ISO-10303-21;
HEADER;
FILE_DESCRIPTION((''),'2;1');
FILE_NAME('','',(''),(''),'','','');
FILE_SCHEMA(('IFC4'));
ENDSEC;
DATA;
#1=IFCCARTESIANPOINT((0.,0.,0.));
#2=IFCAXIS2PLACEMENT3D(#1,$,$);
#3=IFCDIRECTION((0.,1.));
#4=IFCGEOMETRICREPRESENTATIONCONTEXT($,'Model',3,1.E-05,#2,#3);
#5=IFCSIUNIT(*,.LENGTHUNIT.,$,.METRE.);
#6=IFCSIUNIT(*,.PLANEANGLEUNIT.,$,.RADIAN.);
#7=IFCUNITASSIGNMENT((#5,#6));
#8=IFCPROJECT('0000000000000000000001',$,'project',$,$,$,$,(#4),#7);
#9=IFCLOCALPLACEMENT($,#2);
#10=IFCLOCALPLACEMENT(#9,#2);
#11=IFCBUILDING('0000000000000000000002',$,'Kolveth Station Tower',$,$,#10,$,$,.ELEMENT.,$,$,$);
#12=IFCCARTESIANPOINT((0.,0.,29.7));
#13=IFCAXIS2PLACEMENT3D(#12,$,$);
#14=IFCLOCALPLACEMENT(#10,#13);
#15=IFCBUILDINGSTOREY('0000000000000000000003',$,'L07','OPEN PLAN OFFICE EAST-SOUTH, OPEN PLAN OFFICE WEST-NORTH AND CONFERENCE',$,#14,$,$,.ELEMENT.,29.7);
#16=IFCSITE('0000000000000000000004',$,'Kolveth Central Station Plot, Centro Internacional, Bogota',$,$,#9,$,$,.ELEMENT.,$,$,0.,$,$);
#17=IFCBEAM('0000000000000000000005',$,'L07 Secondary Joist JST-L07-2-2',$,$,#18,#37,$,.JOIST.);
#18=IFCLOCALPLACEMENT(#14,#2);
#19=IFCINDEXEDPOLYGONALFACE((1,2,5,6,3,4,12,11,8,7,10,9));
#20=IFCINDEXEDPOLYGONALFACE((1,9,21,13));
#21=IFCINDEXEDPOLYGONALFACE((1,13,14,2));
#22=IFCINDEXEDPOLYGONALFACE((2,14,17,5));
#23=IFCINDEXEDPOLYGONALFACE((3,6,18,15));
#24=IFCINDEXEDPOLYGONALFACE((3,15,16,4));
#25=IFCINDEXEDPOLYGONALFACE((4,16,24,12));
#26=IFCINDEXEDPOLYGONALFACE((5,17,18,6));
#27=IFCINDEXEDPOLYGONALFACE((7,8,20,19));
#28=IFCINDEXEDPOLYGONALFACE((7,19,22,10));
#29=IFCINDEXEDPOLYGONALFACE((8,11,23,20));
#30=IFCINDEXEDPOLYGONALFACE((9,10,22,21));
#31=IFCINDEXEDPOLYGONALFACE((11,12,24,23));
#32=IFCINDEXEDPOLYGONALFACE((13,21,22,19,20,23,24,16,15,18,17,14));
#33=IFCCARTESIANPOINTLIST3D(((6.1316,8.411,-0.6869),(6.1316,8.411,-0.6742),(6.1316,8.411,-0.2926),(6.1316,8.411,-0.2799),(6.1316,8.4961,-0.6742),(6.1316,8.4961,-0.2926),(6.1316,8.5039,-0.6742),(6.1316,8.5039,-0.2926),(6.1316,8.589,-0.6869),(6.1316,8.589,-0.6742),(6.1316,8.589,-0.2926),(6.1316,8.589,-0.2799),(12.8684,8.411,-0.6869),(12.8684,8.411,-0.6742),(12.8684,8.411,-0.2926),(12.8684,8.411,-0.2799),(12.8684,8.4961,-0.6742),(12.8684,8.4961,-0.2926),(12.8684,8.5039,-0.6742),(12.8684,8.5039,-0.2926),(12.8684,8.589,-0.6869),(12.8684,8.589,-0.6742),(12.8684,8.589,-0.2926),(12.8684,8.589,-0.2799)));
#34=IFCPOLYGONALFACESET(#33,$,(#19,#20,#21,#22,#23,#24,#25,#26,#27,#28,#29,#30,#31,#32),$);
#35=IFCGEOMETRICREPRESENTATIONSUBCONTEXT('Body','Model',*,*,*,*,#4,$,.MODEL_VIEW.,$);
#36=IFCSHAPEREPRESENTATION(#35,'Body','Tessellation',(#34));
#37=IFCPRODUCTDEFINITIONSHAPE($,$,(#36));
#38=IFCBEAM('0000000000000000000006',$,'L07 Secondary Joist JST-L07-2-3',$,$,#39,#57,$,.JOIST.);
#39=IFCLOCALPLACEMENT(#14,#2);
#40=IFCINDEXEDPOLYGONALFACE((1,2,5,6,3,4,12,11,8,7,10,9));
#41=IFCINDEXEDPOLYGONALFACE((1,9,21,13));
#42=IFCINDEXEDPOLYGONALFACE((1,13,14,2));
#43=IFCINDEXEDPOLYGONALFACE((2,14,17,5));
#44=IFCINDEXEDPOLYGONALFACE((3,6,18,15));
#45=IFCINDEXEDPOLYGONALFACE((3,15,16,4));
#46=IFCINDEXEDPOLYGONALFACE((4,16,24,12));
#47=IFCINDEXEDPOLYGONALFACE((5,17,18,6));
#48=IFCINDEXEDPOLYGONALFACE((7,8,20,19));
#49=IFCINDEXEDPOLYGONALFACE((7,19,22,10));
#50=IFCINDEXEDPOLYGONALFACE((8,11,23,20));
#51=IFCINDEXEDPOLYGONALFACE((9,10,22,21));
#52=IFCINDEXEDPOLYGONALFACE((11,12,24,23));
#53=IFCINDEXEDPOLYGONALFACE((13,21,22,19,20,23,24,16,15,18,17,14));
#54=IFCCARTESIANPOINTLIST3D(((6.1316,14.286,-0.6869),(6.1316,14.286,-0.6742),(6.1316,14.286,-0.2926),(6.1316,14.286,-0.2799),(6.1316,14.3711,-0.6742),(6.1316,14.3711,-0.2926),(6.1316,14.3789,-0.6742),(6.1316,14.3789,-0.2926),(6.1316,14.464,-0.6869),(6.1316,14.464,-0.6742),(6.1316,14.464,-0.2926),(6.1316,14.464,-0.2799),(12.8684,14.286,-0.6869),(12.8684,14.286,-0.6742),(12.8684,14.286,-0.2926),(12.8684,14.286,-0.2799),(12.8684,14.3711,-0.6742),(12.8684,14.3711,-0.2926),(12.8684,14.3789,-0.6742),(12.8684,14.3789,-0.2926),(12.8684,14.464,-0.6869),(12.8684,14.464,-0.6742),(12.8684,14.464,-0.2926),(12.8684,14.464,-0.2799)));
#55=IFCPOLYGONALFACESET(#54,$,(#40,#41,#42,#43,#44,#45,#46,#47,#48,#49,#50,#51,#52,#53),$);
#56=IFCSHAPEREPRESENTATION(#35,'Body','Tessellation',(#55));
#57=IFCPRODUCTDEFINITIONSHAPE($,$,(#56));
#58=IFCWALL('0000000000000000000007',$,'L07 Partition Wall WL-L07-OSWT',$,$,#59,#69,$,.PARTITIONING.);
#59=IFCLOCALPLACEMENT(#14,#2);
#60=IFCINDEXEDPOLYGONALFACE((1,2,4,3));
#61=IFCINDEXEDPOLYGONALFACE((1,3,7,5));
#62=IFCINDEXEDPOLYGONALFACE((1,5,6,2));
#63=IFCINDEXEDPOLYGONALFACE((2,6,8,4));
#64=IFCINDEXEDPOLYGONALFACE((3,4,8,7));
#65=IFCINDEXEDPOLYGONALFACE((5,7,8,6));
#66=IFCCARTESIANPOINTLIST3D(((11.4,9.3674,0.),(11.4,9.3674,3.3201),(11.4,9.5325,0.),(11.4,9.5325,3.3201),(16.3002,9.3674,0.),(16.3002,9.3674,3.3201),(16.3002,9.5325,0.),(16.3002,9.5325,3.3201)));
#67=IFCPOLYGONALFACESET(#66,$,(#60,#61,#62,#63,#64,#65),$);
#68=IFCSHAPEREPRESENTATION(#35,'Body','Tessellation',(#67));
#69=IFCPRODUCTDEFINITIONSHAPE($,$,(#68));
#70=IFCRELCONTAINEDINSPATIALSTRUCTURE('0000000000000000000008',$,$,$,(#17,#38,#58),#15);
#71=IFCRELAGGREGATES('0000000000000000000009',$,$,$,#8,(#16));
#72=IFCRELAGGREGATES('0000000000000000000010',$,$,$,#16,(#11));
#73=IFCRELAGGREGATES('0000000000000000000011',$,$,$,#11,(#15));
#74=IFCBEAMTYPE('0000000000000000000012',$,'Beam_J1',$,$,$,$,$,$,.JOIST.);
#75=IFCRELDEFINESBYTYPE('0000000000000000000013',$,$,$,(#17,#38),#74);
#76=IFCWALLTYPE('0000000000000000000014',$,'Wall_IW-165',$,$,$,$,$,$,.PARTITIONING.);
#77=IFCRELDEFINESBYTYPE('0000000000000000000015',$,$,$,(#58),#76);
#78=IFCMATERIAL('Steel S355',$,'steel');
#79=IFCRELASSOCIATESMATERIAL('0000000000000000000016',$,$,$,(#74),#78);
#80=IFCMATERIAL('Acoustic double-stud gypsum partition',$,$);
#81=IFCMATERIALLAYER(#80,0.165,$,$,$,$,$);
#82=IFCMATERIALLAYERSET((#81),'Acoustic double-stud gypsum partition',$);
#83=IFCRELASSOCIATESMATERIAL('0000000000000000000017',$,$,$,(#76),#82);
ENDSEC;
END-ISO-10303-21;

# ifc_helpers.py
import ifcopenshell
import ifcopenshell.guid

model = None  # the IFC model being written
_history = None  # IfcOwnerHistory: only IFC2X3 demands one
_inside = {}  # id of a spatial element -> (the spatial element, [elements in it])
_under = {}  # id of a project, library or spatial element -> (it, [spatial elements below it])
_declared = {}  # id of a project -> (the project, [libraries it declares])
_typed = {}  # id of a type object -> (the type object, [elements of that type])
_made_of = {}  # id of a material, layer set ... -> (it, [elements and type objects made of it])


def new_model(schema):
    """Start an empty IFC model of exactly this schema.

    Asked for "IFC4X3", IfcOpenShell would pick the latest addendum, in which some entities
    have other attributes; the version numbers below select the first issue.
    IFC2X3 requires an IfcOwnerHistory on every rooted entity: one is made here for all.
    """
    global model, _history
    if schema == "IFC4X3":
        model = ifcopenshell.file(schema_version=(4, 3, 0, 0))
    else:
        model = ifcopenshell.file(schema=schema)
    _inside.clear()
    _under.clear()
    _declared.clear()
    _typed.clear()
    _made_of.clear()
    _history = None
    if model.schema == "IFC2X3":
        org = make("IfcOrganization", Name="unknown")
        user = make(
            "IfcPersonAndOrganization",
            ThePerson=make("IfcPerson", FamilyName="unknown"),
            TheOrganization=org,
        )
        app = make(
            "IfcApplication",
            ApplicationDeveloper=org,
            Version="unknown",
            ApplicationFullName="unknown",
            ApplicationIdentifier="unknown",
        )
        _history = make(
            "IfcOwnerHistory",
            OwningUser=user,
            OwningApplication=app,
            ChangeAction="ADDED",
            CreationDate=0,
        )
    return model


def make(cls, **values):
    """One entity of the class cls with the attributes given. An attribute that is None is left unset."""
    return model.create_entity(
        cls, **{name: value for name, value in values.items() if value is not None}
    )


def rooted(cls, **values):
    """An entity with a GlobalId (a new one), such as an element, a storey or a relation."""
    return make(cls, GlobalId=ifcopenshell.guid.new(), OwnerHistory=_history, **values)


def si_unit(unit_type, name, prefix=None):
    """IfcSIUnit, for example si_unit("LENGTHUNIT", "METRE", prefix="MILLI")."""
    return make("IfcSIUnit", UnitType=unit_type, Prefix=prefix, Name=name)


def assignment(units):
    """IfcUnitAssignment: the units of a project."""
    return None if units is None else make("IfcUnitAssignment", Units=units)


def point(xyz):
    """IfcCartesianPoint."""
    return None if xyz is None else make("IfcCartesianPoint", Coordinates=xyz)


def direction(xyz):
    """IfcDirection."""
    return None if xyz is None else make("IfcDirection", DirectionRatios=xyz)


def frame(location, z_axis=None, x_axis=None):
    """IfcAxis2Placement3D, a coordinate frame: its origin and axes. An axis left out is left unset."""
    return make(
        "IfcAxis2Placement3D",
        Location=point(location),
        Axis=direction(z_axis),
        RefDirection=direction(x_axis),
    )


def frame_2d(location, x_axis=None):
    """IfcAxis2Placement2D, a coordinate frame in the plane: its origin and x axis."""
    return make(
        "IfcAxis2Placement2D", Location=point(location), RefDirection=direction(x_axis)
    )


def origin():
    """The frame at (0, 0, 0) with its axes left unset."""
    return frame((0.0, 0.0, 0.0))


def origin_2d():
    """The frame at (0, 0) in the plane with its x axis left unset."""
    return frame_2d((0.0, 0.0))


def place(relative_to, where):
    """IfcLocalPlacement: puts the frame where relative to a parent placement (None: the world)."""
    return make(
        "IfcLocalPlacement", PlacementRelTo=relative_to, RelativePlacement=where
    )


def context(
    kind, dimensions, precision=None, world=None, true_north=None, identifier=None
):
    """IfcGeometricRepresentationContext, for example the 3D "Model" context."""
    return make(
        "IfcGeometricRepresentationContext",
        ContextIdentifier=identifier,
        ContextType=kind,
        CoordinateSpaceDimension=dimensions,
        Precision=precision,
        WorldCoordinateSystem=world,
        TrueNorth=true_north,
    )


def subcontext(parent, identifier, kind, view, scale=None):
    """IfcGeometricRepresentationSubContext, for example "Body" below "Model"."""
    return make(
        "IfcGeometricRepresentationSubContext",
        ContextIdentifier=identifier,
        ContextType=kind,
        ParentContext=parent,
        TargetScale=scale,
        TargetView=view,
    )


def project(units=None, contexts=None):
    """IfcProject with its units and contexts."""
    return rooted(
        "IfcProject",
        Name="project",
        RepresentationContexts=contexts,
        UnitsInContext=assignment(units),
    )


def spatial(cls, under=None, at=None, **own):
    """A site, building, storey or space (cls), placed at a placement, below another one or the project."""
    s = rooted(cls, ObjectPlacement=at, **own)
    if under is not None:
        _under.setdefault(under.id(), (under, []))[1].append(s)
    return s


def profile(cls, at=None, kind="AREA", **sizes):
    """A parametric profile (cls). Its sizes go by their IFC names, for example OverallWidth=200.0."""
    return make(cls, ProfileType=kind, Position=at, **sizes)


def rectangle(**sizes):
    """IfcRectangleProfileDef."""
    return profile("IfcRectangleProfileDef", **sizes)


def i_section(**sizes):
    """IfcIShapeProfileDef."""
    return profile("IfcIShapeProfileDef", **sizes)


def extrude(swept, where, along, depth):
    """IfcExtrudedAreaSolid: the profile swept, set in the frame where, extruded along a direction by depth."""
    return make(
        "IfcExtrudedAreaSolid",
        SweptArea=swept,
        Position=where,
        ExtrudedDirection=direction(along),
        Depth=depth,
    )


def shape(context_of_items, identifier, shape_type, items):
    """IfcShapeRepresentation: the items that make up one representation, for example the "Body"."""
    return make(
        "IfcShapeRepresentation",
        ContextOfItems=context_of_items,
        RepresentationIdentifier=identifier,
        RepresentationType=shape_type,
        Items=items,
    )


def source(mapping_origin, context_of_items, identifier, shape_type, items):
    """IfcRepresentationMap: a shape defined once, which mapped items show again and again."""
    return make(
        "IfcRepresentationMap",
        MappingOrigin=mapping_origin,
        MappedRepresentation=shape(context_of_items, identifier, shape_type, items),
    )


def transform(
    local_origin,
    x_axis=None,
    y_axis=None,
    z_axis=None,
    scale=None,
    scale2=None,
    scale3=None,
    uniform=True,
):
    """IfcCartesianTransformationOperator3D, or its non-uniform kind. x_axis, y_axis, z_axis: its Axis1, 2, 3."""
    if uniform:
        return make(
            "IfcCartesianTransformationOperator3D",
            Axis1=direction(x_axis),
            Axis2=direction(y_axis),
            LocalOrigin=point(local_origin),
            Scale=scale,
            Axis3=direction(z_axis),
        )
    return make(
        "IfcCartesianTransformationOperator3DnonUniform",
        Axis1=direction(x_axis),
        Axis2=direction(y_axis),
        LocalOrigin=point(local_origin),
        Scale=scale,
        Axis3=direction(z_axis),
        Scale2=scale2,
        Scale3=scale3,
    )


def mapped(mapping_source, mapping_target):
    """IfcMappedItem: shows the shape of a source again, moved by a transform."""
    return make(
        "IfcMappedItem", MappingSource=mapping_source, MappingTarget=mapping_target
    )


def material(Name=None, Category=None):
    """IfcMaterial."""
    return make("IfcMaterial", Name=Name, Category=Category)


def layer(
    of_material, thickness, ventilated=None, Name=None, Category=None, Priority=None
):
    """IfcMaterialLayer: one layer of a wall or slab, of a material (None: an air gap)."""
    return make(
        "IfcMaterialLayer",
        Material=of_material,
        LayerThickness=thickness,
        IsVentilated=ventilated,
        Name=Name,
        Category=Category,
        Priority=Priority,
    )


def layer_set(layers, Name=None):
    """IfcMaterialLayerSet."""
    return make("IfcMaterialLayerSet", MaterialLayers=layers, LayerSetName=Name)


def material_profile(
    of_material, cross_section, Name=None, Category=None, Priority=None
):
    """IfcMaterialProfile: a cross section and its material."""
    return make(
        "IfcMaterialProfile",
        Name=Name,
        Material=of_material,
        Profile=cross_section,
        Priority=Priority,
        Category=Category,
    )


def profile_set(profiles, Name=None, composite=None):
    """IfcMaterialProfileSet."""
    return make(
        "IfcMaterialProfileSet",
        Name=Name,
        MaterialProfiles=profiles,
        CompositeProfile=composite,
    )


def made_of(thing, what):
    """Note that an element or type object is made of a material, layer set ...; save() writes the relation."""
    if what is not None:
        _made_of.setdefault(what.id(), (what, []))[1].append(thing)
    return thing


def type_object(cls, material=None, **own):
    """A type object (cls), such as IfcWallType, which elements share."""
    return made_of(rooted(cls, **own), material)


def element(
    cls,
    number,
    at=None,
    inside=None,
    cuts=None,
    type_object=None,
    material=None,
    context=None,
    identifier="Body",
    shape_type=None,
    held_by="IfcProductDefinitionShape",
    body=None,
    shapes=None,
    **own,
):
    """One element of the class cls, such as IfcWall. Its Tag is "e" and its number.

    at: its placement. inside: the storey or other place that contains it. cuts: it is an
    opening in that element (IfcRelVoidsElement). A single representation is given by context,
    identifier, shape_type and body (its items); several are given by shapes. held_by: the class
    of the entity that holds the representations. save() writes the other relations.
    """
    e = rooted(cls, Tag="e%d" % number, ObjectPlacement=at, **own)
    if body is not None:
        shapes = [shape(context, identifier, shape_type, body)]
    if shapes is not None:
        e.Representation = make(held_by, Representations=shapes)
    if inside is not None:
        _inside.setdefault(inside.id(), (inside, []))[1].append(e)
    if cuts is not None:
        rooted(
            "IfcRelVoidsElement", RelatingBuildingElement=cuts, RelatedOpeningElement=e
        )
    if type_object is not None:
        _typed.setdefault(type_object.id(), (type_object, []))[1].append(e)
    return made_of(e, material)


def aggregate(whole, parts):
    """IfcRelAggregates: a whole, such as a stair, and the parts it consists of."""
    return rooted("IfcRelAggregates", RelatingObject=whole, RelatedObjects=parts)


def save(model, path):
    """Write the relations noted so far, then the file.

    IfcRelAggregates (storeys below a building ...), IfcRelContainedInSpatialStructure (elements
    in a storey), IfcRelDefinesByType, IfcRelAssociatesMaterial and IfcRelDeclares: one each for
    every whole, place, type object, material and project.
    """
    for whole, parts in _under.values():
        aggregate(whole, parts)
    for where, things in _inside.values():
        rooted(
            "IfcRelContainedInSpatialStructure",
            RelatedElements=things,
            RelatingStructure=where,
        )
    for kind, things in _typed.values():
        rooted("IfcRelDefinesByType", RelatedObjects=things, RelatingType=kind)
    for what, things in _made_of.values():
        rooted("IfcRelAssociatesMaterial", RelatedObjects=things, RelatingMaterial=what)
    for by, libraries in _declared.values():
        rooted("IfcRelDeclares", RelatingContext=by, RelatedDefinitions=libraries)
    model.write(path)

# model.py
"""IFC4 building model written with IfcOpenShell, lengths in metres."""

from ifc_helpers import new_model, si_unit, direction, frame, frame_2d, origin, origin_2d, place, context, subcontext, project, spatial, rectangle, i_section, extrude, source, transform, mapped, material, layer, layer_set, material_profile, profile_set, type_object, element, save


model = new_model("IFC4")

# Units and contexts
model_context = context("Model", 3, precision=1e-05, world=origin(), true_north=direction((0.0, 1.0)))
body_context = subcontext(model_context, "Body", "Model", "MODEL_VIEW")
ifc_project = project(units=[si_unit("LENGTHUNIT", "METRE"), si_unit("PLANEANGLEUNIT", "RADIAN")], contexts=[model_context])

# Site, building, storey
site_placement = place(None, origin())
site = spatial("IfcSite", under=ifc_project, at=site_placement, Name="Kolveth Central Station Plot, Centro Internacional, Bogota", CompositionType="ELEMENT", RefElevation=0.0)
building_placement = place(site_placement, origin())
building = spatial("IfcBuilding", under=site, at=building_placement, Name="Kolveth Station Tower", CompositionType="ELEMENT")
storey_placement = place(building_placement, frame((0.0, 0.0, 29.7)))
storey = spatial("IfcBuildingStorey", under=building, at=storey_placement, Name="L07", Description="OPEN PLAN OFFICE EAST-SOUTH, OPEN PLAN OFFICE WEST-NORTH AND CONFERENCE", CompositionType="ELEMENT", Elevation=29.7)

# Beams
ifc_material_1 = material(Name="Steel S355", Category="steel")
ifc_material_profile_1 = material_profile(ifc_material_1, i_section(OverallWidth=0.178, OverallDepth=0.407, WebThickness=0.0078, FlangeThickness=0.0127, at=origin_2d()), Name="W410x60")
ifc_profile_set_1 = profile_set([ifc_material_profile_1], Name="Steel S355")
beam_type_1 = type_object("IfcBeamType", Name="Beam_J1", PredefinedType="JOIST", material=ifc_profile_set_1)
shared_shape_1 = source(origin(), body_context, "Body", "SweptSolid", [
    extrude(i_section(OverallWidth=0.178, OverallDepth=0.407, WebThickness=0.0078, FlangeThickness=0.0127, at=origin_2d()), origin(), (0.0, 0.0, 1.0), 6.7368),
])
for number, where, z_axis, x_axis, name in (
    (1, (6.1316, 8.5, -0.4834), (1.0, 0.0, 0.0), (0.0, 1.0, 0.0), "L07 Secondary Joist JST-L07-2-2"),
    (2, (6.1316, 14.375, -0.4834), (1.0, 0.0, 0.0), (0.0, 1.0, 0.0), "L07 Secondary Joist JST-L07-2-3"),
):
    element("IfcBeam", number, at=place(storey_placement, frame(where, z_axis=z_axis, x_axis=x_axis)), inside=storey, type_object=beam_type_1, Name=name, PredefinedType="JOIST", context=body_context, shape_type="MappedRepresentation", body=[
        mapped(shared_shape_1, transform((0.0, 0.0, 0.0), x_axis=(1.0, 0.0, 0.0), y_axis=(0.0, 1.0, 0.0), z_axis=(0.0, 0.0, 1.0), scale=1.0)),
    ])

# Wall
ifc_material_2 = material(Name="Acoustic double-stud gypsum partition")
ifc_layer = layer(ifc_material_2, 0.165)
ifc_layer_set = layer_set([ifc_layer], Name="Acoustic double-stud gypsum partition")
wall_type = type_object("IfcWallType", Name="Wall_IW-165", PredefinedType="PARTITIONING", material=ifc_layer_set)
wall_placement = place(storey_placement, frame((11.3999, 9.45, 0.0), z_axis=(0.0, 0.0, 1.0), x_axis=(1.0, 0.0, 0.0)))
element("IfcWall", 3, at=wall_placement, inside=storey, type_object=wall_type, Name="L07 Partition Wall WL-L07-OSWT", PredefinedType="PARTITIONING", context=body_context, shape_type="SweptSolid", body=[
    extrude(rectangle(XDim=4.9001, YDim=0.165, at=frame_2d((2.4502, 0.0))), origin(), (0.0, 0.0, 1.0), 3.3201),
])

save(model, "model.ifc")
